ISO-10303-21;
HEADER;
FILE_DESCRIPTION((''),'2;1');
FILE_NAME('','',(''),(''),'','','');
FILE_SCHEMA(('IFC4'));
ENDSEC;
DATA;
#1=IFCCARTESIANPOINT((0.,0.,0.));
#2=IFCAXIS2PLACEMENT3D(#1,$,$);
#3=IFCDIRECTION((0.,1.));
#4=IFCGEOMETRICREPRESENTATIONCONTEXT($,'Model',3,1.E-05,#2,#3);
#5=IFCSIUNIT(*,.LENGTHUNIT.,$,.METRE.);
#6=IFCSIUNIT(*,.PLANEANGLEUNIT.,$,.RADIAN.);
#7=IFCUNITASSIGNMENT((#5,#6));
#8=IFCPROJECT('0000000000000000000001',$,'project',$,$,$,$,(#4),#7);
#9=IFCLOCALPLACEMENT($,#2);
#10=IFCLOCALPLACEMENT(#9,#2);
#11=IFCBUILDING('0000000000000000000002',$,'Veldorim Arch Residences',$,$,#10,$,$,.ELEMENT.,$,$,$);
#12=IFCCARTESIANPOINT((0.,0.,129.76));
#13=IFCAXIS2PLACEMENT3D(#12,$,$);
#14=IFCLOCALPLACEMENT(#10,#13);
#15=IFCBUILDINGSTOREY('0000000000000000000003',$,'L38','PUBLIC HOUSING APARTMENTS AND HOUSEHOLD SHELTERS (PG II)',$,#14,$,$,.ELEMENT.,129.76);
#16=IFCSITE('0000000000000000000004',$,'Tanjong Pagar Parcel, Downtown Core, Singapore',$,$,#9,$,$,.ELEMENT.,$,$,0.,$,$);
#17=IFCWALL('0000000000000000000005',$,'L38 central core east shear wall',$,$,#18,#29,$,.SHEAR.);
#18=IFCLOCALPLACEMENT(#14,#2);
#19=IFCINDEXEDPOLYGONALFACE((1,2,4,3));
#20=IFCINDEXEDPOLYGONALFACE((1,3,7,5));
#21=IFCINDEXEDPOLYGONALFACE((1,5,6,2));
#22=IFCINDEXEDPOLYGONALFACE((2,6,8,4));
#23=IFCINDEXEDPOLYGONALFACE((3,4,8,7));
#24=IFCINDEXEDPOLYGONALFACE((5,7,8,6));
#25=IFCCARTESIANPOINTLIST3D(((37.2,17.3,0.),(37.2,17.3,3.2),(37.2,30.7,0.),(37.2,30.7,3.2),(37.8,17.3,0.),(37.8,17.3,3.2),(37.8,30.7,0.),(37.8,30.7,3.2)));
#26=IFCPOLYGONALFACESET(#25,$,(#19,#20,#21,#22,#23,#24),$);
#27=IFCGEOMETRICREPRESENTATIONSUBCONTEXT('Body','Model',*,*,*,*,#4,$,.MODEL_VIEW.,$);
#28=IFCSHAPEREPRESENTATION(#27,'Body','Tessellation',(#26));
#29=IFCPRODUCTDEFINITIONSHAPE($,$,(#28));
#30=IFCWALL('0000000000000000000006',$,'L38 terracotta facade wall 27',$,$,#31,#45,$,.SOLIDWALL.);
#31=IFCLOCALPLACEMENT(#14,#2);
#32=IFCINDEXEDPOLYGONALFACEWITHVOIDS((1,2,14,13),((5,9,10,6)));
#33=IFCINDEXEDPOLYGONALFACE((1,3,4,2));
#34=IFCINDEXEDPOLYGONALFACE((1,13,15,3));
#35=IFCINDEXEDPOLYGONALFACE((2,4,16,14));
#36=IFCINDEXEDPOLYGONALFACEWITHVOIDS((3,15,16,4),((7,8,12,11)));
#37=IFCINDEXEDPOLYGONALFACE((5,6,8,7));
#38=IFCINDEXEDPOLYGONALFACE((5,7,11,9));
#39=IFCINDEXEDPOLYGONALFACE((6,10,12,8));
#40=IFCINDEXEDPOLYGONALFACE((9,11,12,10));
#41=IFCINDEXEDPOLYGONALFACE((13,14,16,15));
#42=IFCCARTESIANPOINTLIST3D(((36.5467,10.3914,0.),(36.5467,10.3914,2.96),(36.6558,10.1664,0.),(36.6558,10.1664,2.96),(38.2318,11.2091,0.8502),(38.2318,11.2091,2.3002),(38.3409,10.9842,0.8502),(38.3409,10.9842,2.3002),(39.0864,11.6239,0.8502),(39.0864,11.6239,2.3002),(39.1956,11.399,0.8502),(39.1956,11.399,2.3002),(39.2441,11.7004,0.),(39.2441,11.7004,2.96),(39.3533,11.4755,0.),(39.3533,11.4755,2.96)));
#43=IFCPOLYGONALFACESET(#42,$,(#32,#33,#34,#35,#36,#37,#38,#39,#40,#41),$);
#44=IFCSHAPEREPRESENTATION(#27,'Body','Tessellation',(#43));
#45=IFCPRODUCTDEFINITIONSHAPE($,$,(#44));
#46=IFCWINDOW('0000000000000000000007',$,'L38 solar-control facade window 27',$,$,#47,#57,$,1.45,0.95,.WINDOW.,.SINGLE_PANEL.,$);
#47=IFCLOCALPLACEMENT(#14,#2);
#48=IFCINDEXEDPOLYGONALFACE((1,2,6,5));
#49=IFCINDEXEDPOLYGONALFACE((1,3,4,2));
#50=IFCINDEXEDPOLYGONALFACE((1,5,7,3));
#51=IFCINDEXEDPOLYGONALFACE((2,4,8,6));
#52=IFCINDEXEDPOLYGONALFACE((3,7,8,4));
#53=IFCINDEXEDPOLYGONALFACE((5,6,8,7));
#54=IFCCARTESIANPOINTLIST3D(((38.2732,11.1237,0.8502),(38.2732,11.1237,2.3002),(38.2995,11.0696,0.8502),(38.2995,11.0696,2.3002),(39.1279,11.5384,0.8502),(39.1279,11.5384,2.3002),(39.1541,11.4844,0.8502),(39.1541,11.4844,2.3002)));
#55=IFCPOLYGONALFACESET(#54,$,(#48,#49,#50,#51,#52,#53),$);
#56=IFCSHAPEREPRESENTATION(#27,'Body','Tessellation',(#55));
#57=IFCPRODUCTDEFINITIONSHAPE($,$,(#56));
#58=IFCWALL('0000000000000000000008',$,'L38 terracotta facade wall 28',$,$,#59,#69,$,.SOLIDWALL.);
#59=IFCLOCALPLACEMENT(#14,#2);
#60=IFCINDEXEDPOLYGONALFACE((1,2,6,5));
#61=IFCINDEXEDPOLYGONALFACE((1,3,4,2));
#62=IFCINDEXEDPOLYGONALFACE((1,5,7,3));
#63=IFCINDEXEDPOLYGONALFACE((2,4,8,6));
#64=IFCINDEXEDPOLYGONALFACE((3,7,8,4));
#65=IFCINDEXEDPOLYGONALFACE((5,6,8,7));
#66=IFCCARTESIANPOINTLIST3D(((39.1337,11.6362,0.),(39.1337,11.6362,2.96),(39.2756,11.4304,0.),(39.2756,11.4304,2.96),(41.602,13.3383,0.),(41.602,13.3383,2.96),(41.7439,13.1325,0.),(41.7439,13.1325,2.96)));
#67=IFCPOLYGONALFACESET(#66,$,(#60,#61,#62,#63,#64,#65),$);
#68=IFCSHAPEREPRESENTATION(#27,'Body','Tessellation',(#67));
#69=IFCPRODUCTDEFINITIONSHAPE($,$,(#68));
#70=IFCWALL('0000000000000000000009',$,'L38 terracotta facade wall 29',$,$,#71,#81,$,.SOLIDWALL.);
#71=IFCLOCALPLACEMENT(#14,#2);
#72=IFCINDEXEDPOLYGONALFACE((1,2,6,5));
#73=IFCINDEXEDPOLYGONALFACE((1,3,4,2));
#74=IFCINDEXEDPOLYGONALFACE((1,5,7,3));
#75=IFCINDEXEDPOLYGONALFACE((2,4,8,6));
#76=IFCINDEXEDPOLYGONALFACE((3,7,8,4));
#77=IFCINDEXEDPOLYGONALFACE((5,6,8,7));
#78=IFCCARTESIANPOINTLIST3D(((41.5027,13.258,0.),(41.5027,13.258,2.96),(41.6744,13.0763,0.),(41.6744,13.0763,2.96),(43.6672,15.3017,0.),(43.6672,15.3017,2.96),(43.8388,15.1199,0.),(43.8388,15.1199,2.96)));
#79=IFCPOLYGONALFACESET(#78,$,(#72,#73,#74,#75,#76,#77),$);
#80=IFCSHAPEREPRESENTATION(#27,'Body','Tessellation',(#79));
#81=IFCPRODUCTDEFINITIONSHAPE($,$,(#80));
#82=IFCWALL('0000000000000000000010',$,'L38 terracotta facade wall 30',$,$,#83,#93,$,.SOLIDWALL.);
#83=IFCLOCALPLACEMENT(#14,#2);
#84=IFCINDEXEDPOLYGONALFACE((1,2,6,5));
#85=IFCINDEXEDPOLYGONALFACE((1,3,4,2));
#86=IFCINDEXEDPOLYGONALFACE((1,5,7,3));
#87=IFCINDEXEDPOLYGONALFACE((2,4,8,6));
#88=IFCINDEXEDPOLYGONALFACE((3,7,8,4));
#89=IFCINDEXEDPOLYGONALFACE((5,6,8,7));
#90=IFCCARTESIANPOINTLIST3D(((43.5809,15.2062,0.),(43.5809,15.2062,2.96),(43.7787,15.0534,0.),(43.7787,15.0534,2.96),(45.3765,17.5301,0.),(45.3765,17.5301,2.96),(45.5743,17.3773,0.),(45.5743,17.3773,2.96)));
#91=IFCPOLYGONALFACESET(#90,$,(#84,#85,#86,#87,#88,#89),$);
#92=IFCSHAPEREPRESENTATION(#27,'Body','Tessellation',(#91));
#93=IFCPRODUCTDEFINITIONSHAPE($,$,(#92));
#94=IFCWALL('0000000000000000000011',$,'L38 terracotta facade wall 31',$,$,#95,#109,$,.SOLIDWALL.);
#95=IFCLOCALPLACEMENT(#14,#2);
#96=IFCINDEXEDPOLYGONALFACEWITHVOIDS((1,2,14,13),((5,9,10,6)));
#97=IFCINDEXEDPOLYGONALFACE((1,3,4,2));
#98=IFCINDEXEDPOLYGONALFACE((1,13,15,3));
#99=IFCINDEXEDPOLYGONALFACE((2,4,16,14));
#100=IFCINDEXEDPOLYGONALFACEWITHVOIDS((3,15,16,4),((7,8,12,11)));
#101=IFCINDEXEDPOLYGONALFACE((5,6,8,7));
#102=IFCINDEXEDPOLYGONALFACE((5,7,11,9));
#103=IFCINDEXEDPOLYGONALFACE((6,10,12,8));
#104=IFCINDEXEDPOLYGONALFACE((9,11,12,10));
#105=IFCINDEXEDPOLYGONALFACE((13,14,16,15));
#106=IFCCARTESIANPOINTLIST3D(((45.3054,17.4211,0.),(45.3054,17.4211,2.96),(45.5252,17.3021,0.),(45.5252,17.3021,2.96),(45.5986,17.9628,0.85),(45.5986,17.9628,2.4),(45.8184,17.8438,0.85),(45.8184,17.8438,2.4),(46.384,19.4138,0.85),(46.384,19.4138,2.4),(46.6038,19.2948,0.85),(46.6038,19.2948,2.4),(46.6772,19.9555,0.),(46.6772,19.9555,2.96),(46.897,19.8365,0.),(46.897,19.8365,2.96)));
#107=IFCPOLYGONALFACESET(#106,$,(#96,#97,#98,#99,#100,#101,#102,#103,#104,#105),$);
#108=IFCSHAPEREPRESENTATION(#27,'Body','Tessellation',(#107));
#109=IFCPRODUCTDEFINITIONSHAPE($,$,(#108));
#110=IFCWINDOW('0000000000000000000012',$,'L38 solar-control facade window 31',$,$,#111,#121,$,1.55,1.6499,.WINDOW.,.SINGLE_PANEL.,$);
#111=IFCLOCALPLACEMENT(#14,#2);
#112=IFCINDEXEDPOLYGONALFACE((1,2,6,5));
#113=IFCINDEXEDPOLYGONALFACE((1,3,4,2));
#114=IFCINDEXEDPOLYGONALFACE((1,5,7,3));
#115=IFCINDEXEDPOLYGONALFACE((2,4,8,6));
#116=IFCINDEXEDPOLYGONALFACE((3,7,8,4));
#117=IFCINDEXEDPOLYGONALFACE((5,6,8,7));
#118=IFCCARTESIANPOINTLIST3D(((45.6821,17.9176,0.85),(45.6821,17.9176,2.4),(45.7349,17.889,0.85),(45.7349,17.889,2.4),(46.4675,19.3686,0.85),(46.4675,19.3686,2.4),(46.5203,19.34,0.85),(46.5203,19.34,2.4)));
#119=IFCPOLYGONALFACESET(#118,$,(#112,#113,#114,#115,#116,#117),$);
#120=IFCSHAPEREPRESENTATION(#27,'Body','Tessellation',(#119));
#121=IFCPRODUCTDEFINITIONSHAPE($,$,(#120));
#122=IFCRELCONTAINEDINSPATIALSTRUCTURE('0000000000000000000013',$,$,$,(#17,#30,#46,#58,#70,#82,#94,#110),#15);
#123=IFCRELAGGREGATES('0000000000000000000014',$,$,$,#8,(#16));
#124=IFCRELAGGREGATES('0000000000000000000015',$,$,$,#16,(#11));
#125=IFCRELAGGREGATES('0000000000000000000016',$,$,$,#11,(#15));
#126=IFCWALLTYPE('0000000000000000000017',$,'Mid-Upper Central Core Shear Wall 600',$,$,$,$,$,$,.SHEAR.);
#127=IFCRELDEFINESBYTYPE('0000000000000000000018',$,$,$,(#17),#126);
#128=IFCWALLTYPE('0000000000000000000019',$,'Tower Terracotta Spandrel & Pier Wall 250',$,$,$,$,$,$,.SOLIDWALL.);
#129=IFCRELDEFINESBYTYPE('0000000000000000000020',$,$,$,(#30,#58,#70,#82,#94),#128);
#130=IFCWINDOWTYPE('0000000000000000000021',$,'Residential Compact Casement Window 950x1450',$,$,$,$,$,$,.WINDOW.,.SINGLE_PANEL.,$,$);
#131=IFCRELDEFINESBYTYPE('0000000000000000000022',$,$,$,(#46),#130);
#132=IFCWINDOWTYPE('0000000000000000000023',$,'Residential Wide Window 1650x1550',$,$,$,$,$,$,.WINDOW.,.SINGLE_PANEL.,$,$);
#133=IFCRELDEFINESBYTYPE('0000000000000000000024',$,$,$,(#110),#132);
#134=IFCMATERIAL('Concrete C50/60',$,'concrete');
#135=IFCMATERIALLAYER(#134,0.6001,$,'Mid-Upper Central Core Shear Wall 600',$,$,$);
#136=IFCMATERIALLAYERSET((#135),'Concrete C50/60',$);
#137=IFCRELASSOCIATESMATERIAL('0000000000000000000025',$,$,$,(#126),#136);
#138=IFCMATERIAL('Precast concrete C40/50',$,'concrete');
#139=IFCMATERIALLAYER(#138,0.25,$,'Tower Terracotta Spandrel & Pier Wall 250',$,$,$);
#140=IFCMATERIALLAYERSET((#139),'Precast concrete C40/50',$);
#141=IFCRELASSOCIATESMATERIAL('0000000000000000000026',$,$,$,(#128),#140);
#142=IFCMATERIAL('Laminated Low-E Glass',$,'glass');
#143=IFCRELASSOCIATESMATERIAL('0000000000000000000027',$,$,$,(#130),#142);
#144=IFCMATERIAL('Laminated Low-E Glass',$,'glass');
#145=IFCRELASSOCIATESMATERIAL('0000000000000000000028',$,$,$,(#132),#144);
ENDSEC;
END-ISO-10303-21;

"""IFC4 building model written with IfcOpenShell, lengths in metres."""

from ifc_helpers import new_model, si_unit, direction, frame, frame_2d, origin, place, context, subcontext, project, spatial, rectangle, extrude, material, layer, layer_set, type_object, element, fill, save


model = new_model("IFC4")

# Units and contexts
model_context = context("Model", 3, precision=1e-05, world=origin(), true_north=direction((0.0, 1.0)))
body_context = subcontext(model_context, "Body", "Model", "MODEL_VIEW")
ifc_project = project(units=[si_unit("LENGTHUNIT", "METRE"), si_unit("PLANEANGLEUNIT", "RADIAN")], contexts=[model_context])

# Site, building, storey
site_placement = place(None, origin())
site = spatial("IfcSite", under=ifc_project, at=site_placement, Name="Tanjong Pagar Parcel, Downtown Core, Singapore", CompositionType="ELEMENT", RefElevation=0.0)
building_placement = place(site_placement, origin())
building = spatial("IfcBuilding", under=site, at=building_placement, Name="Veldorim Arch Residences", CompositionType="ELEMENT")
storey_placement = place(building_placement, frame((0.0, 0.0, 129.76)))
storey = spatial("IfcBuildingStorey", under=building, at=storey_placement, Name="L38", Description="PUBLIC HOUSING APARTMENTS AND HOUSEHOLD SHELTERS (PG II)", CompositionType="ELEMENT", Elevation=129.76)

# Wall
ifc_material_1 = material(Name="Concrete C50/60", Category="concrete")
ifc_layer_1 = layer(ifc_material_1, 0.6001, Name="Mid-Upper Central Core Shear Wall 600")
ifc_layer_set_1 = layer_set([ifc_layer_1], Name="Concrete C50/60")
wall_type_1 = type_object("IfcWallType", Name="Mid-Upper Central Core Shear Wall 600", PredefinedType="SHEAR", material=ifc_layer_set_1)
wall_1_placement = place(storey_placement, frame((37.5, 17.3, 0.0), z_axis=(0.0, 0.0, 1.0), x_axis=(0.0, 1.0, 0.0)))
element("IfcWall", 1, at=wall_1_placement, inside=storey, type_object=wall_type_1, Name="L38 central core east shear wall", PredefinedType="SHEAR", context=body_context, shape_type="SweptSolid", body=[
    extrude(rectangle(XDim=13.3999, YDim=0.6001, at=frame_2d((6.7, 0.0))), origin(), (0.0, 0.0, 1.0), 3.2),
])

# Wall, opening, window
ifc_material_2 = material(Name="Precast concrete C40/50", Category="concrete")
ifc_layer_2 = layer(ifc_material_2, 0.25, Name="Tower Terracotta Spandrel & Pier Wall 250")
ifc_layer_set_2 = layer_set([ifc_layer_2], Name="Precast concrete C40/50")
wall_type_2 = type_object("IfcWallType", Name="Tower Terracotta Spandrel & Pier Wall 250", PredefinedType="SOLIDWALL", material=ifc_layer_set_2)
wall_2_placement = place(storey_placement, frame((39.2986, 11.5879, 0.0), z_axis=(0.0, 0.0, 1.0), x_axis=(-0.899657, -0.436597, 0.0)))
wall_2 = element("IfcWall", 2, at=wall_2_placement, inside=storey, type_object=wall_type_2, Name="L38 terracotta facade wall 27", PredefinedType="SOLIDWALL", context=body_context, shape_type="SweptSolid", body=[
    extrude(rectangle(XDim=2.9983, YDim=0.25, at=frame_2d((1.499, 0.0))), origin(), (0.0, 0.0, 1.0), 2.96),
])
opening_1_placement = place(wall_2_placement, frame((0.175, 0.0, 0.8501)))
opening_1 = element("IfcOpeningElement", 3, at=opening_1_placement, cuts=wall_2, PredefinedType="OPENING", context=body_context, shape_type="SweptSolid", body=[
    extrude(rectangle(XDim=0.95, YDim=1.45, at=frame_2d((0.4751, 0.7251))), frame((0.0, 0.135, 0.0), z_axis=(0.0, -1.0, 0.0), x_axis=(1.0, 0.0, 0.0)), (0.0, 0.0, 1.0), 0.27),
])
ifc_material_3 = material(Name="Laminated Low-E Glass", Category="glass")
window_type_1 = type_object("IfcWindowType", Name="Residential Compact Casement Window 950x1450", PartitioningType="SINGLE_PANEL", PredefinedType="WINDOW", material=ifc_material_3)
window_1_placement = place(opening_1_placement, origin())
window_1 = element("IfcWindow", 4, at=window_1_placement, inside=storey, type_object=window_type_1, Name="L38 solar-control facade window 27", OverallHeight=1.45, OverallWidth=0.95, PartitioningType="SINGLE_PANEL", PredefinedType="WINDOW", context=body_context, shape_type="SweptSolid", body=[
    extrude(rectangle(XDim=0.95, YDim=1.45, at=frame_2d((0.4751, 0.7251))), frame((0.0, 0.03, 0.0), z_axis=(0.0, -1.0, 0.0), x_axis=(1.0, 0.0, 0.0)), (0.0, 0.0, 1.0), 0.0601),
])
fill(opening_1, window_1)

# Walls
wall_3_placement = place(storey_placement, frame((41.6729, 13.2354, 0.0), z_axis=(0.0, 0.0, 1.0), x_axis=(-0.823229, -0.56771, 0.0)))
element("IfcWall", 5, at=wall_3_placement, inside=storey, type_object=wall_type_2, Name="L38 terracotta facade wall 28", PredefinedType="SOLIDWALL", context=body_context, shape_type="SweptSolid", body=[
    extrude(rectangle(XDim=2.9983, YDim=0.25, at=frame_2d((1.499, 0.0))), origin(), (0.0, 0.0, 1.0), 2.96),
])
wall_4_placement = place(storey_placement, frame((43.7529, 15.2107, 0.0), z_axis=(0.0, 0.0, 1.0), x_axis=(-0.727113, -0.686518, 0.0)))
element("IfcWall", 6, at=wall_4_placement, inside=storey, type_object=wall_type_2, Name="L38 terracotta facade wall 29", PredefinedType="SOLIDWALL", context=body_context, shape_type="SweptSolid", body=[
    extrude(rectangle(XDim=2.9768, YDim=0.25, at=frame_2d((1.4883, 0.0))), origin(), (0.0, 0.0, 1.0), 2.96),
])
wall_5_placement = place(storey_placement, frame((45.4753, 17.4536, 0.0), z_axis=(0.0, 0.0, 1.0), x_axis=(-0.611417, -0.791309, 0.0)))
element("IfcWall", 7, at=wall_5_placement, inside=storey, type_object=wall_type_2, Name="L38 terracotta facade wall 30", PredefinedType="SOLIDWALL", context=body_context, shape_type="SweptSolid", body=[
    extrude(rectangle(XDim=2.9368, YDim=0.25, at=frame_2d((1.4683, 0.0))), origin(), (0.0, 0.0, 1.0), 2.96),
])

# Wall, opening, window
wall_6_placement = place(storey_placement, frame((46.7871, 19.896, 0.0), z_axis=(0.0, 0.0, 1.0), x_axis=(-0.476018, -0.879435, 0.0)))
wall_6 = element("IfcWall", 8, at=wall_6_placement, inside=storey, type_object=wall_type_2, Name="L38 terracotta facade wall 31", PredefinedType="SOLIDWALL", context=body_context, shape_type="SweptSolid", body=[
    extrude(rectangle(XDim=2.8818, YDim=0.25, at=frame_2d((1.4409, 0.0))), origin(), (0.0, 0.0, 1.0), 2.96),
])
opening_2_placement = place(wall_6_placement, frame((0.616, 0.0, 0.8501)))
opening_2 = element("IfcOpeningElement", 9, at=opening_2_placement, cuts=wall_6, PredefinedType="OPENING", context=body_context, shape_type="SweptSolid", body=[
    extrude(rectangle(XDim=1.6499, YDim=1.55, at=frame_2d((0.825, 0.7749))), frame((0.0, 0.135, 0.0), z_axis=(0.0, -1.0, 0.0), x_axis=(1.0, 0.0, 0.0)), (0.0, 0.0, 1.0), 0.27),
])
ifc_material_4 = material(Name="Laminated Low-E Glass", Category="glass")
window_type_2 = type_object("IfcWindowType", Name="Residential Wide Window 1650x1550", PartitioningType="SINGLE_PANEL", PredefinedType="WINDOW", material=ifc_material_4)
window_2_placement = place(opening_2_placement, origin())
window_2 = element("IfcWindow", 10, at=window_2_placement, inside=storey, type_object=window_type_2, Name="L38 solar-control facade window 31", OverallHeight=1.55, OverallWidth=1.6499, PartitioningType="SINGLE_PANEL", PredefinedType="WINDOW", context=body_context, shape_type="SweptSolid", body=[
    extrude(rectangle(XDim=1.6499, YDim=1.55, at=frame_2d((0.825, 0.7749))), frame((0.0, 0.03, 0.0), z_axis=(0.0, -1.0, 0.0), x_axis=(1.0, 0.0, 0.0)), (0.0, 0.0, 1.0), 0.0601),
])
fill(opening_2, window_2)

save(model, "model.ifc")
